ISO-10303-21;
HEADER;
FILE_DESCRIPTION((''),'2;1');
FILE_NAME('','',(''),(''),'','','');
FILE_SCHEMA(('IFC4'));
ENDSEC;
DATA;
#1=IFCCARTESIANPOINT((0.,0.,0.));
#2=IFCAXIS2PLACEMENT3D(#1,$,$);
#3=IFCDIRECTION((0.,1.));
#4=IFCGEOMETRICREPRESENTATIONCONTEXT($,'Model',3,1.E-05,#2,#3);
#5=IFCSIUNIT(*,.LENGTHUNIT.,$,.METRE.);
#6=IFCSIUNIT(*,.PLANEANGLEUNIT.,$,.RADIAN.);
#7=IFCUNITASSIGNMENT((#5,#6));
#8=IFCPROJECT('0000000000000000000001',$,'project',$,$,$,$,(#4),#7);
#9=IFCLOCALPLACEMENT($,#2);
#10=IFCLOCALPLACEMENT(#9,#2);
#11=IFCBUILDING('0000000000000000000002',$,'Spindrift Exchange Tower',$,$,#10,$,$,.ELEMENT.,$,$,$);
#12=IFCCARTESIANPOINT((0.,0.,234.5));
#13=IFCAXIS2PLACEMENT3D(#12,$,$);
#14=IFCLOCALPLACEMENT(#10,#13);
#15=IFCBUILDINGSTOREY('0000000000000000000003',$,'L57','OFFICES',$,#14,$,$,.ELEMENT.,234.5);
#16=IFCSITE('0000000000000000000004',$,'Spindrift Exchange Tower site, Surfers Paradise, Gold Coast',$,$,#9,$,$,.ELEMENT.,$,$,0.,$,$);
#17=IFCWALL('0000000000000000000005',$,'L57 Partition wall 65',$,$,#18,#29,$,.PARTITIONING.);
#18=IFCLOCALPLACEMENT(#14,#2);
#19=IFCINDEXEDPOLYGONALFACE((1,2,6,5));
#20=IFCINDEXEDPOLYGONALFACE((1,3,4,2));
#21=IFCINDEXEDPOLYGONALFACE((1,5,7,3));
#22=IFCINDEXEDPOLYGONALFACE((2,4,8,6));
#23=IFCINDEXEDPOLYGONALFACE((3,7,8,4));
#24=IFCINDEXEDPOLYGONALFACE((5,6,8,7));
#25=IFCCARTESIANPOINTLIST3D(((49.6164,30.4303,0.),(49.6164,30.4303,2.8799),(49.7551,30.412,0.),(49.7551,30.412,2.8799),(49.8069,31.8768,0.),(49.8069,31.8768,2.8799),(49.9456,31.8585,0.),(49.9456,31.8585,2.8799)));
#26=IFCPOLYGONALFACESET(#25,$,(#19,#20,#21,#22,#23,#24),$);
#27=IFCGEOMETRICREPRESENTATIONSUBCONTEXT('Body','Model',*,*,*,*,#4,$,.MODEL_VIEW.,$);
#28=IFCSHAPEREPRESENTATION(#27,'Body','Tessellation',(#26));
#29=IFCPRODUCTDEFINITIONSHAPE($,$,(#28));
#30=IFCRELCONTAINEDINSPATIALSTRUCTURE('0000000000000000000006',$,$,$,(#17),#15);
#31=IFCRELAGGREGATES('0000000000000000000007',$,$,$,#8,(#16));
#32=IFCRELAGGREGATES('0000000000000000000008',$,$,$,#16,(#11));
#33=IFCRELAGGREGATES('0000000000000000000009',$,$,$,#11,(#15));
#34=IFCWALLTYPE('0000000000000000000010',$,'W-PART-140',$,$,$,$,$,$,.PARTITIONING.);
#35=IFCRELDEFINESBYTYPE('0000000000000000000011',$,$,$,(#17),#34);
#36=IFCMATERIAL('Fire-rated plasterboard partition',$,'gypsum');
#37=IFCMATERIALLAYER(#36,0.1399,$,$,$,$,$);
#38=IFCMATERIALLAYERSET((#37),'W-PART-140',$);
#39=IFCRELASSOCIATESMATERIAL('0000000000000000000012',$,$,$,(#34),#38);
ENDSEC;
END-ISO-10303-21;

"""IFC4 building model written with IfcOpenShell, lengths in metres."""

from ifc_helpers import new_model, si_unit, direction, frame, frame_2d, origin, place, context, subcontext, project, spatial, rectangle, extrude, material, layer, layer_set, type_object, element, save


model = new_model("IFC4")

# Units and contexts
model_context = context("Model", 3, precision=1e-05, world=origin(), true_north=direction((0.0, 1.0)))
body_context = subcontext(model_context, "Body", "Model", "MODEL_VIEW")
ifc_project = project(units=[si_unit("LENGTHUNIT", "METRE"), si_unit("PLANEANGLEUNIT", "RADIAN")], contexts=[model_context])

# Site, building, storey
site_placement = place(None, origin())
site = spatial("IfcSite", under=ifc_project, at=site_placement, Name="Spindrift Exchange Tower site, Surfers Paradise, Gold Coast", CompositionType="ELEMENT", RefElevation=0.0)
building_placement = place(site_placement, origin())
building = spatial("IfcBuilding", under=site, at=building_placement, Name="Spindrift Exchange Tower", CompositionType="ELEMENT")
storey_placement = place(building_placement, frame((0.0, 0.0, 234.5)))
storey = spatial("IfcBuildingStorey", under=building, at=storey_placement, Name="L57", Description="OFFICES", CompositionType="ELEMENT", Elevation=234.5)

# Wall
ifc_material_1 = material(Name="Fire-rated plasterboard partition", Category="gypsum")
ifc_layer_1 = layer(ifc_material_1, 0.1399)
ifc_layer_set_1 = layer_set([ifc_layer_1], Name="W-PART-140")
wall_type_1 = type_object("IfcWallType", Name="W-PART-140", PredefinedType="PARTITIONING", material=ifc_layer_set_1)
wall_1_placement = place(storey_placement, frame((49.8762, 31.8677, 0.0), z_axis=(0.0, 0.0, 1.0), x_axis=(-0.130519, -0.991446, 0.0)))
element("IfcWall", 1, at=wall_1_placement, inside=storey, type_object=wall_type_1, Name="L57 Partition wall 65", PredefinedType="PARTITIONING", context=body_context, shape_type="SweptSolid", body=[
    extrude(rectangle(XDim=1.459, YDim=0.1399, at=frame_2d((0.7295, 0.0))), origin(), (0.0, 0.0, 1.0), 2.8799),
])

save(model, "model.ifc")
